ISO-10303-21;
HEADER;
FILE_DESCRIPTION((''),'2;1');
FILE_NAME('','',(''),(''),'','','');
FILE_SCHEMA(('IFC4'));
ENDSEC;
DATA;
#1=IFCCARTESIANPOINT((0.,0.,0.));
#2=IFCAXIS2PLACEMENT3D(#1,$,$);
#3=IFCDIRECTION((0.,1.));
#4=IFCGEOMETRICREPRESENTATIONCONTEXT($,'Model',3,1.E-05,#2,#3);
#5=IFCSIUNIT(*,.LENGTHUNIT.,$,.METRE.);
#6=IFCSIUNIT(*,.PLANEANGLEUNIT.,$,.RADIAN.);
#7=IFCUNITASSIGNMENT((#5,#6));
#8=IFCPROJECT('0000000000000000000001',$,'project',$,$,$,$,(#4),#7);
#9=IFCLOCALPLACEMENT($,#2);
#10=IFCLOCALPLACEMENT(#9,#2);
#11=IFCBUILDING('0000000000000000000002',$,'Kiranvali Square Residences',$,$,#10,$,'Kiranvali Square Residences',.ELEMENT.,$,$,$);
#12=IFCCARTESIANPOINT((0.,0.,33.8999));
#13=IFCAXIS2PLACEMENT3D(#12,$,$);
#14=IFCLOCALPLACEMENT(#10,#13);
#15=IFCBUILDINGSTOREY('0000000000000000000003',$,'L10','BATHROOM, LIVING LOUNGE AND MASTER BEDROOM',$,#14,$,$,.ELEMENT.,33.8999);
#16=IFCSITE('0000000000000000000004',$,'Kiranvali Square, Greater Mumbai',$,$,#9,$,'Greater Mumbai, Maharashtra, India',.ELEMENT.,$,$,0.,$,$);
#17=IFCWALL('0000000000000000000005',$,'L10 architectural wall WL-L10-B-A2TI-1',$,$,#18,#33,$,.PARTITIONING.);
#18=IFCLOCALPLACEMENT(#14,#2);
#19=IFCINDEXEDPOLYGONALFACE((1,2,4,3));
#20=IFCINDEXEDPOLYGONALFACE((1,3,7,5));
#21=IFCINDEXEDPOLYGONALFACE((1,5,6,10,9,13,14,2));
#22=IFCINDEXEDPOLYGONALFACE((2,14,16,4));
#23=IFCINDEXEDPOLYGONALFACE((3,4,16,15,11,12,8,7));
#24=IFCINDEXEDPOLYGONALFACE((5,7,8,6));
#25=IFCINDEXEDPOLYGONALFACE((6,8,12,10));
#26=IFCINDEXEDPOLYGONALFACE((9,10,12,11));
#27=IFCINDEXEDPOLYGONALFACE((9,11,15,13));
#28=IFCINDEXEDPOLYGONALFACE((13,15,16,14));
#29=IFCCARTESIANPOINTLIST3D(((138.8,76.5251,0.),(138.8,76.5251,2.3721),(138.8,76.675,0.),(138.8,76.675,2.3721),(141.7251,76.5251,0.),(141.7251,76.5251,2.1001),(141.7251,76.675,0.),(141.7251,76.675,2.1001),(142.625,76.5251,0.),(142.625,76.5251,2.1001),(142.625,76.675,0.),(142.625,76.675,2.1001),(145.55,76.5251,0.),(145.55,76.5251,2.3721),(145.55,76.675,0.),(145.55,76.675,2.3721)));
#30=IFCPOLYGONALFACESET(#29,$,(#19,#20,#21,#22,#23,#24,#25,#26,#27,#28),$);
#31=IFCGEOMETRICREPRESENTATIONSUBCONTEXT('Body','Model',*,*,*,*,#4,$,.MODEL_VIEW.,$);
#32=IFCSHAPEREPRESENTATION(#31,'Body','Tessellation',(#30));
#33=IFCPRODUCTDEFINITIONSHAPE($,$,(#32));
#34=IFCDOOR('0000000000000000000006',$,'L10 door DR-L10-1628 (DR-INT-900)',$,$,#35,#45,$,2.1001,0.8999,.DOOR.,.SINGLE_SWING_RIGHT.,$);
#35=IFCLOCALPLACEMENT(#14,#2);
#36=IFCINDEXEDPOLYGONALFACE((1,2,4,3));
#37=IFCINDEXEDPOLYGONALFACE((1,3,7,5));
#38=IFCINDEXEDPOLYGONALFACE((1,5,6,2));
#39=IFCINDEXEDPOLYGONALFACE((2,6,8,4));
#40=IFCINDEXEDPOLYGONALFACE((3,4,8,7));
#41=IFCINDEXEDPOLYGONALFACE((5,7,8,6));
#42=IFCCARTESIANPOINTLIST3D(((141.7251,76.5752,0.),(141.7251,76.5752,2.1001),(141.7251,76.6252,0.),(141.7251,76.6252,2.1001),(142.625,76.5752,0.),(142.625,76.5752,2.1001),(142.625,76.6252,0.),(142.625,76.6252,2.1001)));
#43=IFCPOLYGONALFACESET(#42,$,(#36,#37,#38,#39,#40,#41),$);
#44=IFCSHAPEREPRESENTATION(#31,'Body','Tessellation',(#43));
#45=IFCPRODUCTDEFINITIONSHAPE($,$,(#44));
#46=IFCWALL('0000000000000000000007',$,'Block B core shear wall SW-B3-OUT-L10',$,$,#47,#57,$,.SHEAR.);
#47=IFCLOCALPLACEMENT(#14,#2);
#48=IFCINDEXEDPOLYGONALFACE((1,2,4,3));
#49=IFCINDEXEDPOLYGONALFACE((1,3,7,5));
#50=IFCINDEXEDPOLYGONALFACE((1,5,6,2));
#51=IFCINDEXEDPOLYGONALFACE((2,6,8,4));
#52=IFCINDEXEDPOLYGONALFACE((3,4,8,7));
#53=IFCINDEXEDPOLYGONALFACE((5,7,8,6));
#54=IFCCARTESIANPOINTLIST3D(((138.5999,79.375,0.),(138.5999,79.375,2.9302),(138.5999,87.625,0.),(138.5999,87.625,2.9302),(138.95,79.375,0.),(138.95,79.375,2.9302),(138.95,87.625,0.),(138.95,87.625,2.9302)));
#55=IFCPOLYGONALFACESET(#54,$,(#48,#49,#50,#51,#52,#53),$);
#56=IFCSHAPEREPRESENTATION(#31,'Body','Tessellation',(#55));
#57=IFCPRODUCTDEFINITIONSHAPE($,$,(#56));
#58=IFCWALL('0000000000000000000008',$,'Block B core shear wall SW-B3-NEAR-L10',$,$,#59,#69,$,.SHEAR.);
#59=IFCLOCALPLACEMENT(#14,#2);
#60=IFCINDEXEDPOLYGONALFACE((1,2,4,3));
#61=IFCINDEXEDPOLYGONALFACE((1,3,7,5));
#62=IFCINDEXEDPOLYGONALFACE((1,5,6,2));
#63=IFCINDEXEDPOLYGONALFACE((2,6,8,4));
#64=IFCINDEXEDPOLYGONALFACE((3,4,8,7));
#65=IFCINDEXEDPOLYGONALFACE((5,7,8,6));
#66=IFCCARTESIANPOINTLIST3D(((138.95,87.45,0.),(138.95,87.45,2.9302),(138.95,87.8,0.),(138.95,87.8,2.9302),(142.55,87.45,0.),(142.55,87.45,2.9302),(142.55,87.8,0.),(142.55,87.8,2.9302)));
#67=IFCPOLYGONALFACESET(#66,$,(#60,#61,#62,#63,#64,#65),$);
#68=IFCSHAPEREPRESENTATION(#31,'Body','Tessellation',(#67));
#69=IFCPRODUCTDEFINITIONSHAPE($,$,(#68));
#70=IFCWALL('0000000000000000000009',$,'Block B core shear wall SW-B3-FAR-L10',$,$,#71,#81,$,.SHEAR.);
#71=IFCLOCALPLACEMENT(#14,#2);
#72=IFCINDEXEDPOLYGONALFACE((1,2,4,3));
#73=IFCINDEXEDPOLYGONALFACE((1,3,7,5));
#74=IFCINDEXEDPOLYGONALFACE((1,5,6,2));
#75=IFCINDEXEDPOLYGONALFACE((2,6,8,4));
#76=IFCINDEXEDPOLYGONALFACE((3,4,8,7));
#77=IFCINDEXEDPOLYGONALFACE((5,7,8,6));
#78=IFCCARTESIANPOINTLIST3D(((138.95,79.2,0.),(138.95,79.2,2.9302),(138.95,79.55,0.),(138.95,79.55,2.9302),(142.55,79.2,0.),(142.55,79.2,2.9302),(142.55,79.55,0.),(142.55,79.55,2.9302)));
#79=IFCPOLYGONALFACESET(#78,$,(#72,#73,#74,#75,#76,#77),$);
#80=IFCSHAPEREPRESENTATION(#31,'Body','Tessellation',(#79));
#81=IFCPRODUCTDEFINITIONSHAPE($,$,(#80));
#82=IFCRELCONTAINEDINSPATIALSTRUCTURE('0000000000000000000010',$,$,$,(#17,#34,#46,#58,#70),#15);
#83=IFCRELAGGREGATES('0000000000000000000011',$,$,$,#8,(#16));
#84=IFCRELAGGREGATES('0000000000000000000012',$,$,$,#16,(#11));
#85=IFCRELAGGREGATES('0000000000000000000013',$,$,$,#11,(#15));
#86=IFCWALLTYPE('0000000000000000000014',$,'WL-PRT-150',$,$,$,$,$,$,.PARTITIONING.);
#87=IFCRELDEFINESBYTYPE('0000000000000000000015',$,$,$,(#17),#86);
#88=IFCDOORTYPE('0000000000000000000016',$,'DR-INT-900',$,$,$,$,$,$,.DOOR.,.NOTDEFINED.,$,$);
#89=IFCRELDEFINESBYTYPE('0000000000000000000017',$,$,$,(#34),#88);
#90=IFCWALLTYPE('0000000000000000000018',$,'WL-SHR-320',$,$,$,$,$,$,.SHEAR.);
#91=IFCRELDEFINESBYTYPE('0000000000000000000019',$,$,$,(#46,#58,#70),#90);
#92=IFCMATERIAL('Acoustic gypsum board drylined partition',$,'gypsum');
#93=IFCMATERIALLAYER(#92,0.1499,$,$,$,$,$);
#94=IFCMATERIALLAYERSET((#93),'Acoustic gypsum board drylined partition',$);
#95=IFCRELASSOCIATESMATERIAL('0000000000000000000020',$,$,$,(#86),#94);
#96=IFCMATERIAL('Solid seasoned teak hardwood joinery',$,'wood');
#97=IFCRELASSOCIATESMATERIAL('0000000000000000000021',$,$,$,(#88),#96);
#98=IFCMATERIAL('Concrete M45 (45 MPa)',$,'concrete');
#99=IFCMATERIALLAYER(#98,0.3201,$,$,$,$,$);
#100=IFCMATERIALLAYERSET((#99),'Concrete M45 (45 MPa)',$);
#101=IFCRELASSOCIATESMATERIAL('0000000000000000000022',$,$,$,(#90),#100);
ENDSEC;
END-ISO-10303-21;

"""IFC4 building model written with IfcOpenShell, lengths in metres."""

from ifc_helpers import new_model, si_unit, direction, frame, frame_2d, origin, place, context, subcontext, project, spatial, rectangle, extrude, material, layer, layer_set, type_object, element, fill, save


model = new_model("IFC4")

# Units and contexts
model_context = context("Model", 3, precision=1e-05, world=origin(), true_north=direction((0.0, 1.0)))
body_context = subcontext(model_context, "Body", "Model", "MODEL_VIEW")
ifc_project = project(units=[si_unit("LENGTHUNIT", "METRE"), si_unit("PLANEANGLEUNIT", "RADIAN")], contexts=[model_context])

# Site, building, storey
site_placement = place(None, origin())
site = spatial("IfcSite", under=ifc_project, at=site_placement, Name="Kiranvali Square, Greater Mumbai", LongName="Greater Mumbai, Maharashtra, India", CompositionType="ELEMENT", RefElevation=0.0)
building_placement = place(site_placement, origin())
building = spatial("IfcBuilding", under=site, at=building_placement, Name="Kiranvali Square Residences", LongName="Kiranvali Square Residences", CompositionType="ELEMENT")
storey_placement = place(building_placement, frame((0.0, 0.0, 33.8999)))
storey = spatial("IfcBuildingStorey", under=building, at=storey_placement, Name="L10", Description="BATHROOM, LIVING LOUNGE AND MASTER BEDROOM", CompositionType="ELEMENT", Elevation=33.8999)

# Wall, opening, door
ifc_material_1 = material(Name="Acoustic gypsum board drylined partition", Category="gypsum")
ifc_layer_1 = layer(ifc_material_1, 0.1499)
ifc_layer_set_1 = layer_set([ifc_layer_1], Name="Acoustic gypsum board drylined partition")
wall_type_1 = type_object("IfcWallType", Name="WL-PRT-150", PredefinedType="PARTITIONING", material=ifc_layer_set_1)
wall_1_placement = place(storey_placement, frame((138.8, 76.6001, 0.0), z_axis=(0.0, 0.0, 1.0), x_axis=(1.0, 0.0, 0.0)))
wall_1 = element("IfcWall", 1, at=wall_1_placement, inside=storey, type_object=wall_type_1, Name="L10 architectural wall WL-L10-B-A2TI-1", PredefinedType="PARTITIONING", context=body_context, shape_type="SweptSolid", body=[
    extrude(rectangle(XDim=6.75, YDim=0.1499, at=frame_2d((3.375, 0.0))), origin(), (0.0, 0.0, 1.0), 2.3721),
])
opening_1_placement = place(wall_1_placement, frame((2.925, 0.0, 0.0)))
opening_1 = element("IfcOpeningElement", 2, at=opening_1_placement, cuts=wall_1, PredefinedType="OPENING", context=body_context, shape_type="SweptSolid", body=[
    extrude(rectangle(XDim=0.8999, YDim=2.1001, at=frame_2d((0.45, 1.05))), frame((0.0, 0.085, 0.0), z_axis=(0.0, -1.0, 0.0), x_axis=(1.0, 0.0, 0.0)), (0.0, 0.0, 1.0), 0.1699),
])
ifc_material_2 = material(Name="Solid seasoned teak hardwood joinery", Category="wood")
door_type = type_object("IfcDoorType", Name="DR-INT-900", OperationType="NOTDEFINED", PredefinedType="DOOR", material=ifc_material_2)
door_placement = place(opening_1_placement, frame((0.8999, 0.0, 0.0), z_axis=(0.0, 0.0, 1.0), x_axis=(-1.0, 0.0, 0.0)))
door = element("IfcDoor", 3, at=door_placement, inside=storey, type_object=door_type, Name="L10 door DR-L10-1628 (DR-INT-900)", OperationType="SINGLE_SWING_RIGHT", OverallHeight=2.1001, OverallWidth=0.8999, PredefinedType="DOOR", context=body_context, shape_type="SweptSolid", body=[
    extrude(rectangle(XDim=0.8999, YDim=2.1001, at=frame_2d((0.45, 1.05))), frame((0.0, 0.0249, 0.0), z_axis=(0.0, -1.0, 0.0), x_axis=(1.0, 0.0, 0.0)), (0.0, 0.0, 1.0), 0.05),
])
fill(opening_1, door)

# Walls
ifc_material_3 = material(Name="Concrete M45 (45 MPa)", Category="concrete")
ifc_layer_2 = layer(ifc_material_3, 0.3201)
ifc_layer_set_2 = layer_set([ifc_layer_2], Name="Concrete M45 (45 MPa)")
wall_type_2 = type_object("IfcWallType", Name="WL-SHR-320", PredefinedType="SHEAR", material=ifc_layer_set_2)
wall_2_placement = place(storey_placement, frame((138.7749, 87.625, 0.0), z_axis=(0.0, 0.0, 1.0), x_axis=(0.0, -1.0, 0.0)))
element("IfcWall", 4, at=wall_2_placement, inside=storey, type_object=wall_type_2, Name="Block B core shear wall SW-B3-OUT-L10", PredefinedType="SHEAR", context=body_context, shape_type="SweptSolid", body=[
    extrude(rectangle(XDim=8.25, YDim=0.3501, at=frame_2d((4.125, 0.0))), origin(), (0.0, 0.0, 1.0), 2.9302),
])
for number, where, z_axis, x_axis, name in (
    (5, (138.95, 87.625, 0.0), (0.0, 0.0, 1.0), (1.0, 0.0, 0.0), "Block B core shear wall SW-B3-NEAR-L10"),
    (6, (138.95, 79.375, 0.0), (0.0, 0.0, 1.0), (1.0, 0.0, 0.0), "Block B core shear wall SW-B3-FAR-L10"),
):
    element("IfcWall", number, at=place(storey_placement, frame(where, z_axis=z_axis, x_axis=x_axis)), inside=storey, type_object=wall_type_2, Name=name, PredefinedType="SHEAR", context=body_context, shape_type="SweptSolid", body=[
        extrude(rectangle(XDim=3.6001, YDim=0.3501, at=frame_2d((1.8, 0.0))), origin(), (0.0, 0.0, 1.0), 2.9302),
    ])

save(model, "model.ifc")
